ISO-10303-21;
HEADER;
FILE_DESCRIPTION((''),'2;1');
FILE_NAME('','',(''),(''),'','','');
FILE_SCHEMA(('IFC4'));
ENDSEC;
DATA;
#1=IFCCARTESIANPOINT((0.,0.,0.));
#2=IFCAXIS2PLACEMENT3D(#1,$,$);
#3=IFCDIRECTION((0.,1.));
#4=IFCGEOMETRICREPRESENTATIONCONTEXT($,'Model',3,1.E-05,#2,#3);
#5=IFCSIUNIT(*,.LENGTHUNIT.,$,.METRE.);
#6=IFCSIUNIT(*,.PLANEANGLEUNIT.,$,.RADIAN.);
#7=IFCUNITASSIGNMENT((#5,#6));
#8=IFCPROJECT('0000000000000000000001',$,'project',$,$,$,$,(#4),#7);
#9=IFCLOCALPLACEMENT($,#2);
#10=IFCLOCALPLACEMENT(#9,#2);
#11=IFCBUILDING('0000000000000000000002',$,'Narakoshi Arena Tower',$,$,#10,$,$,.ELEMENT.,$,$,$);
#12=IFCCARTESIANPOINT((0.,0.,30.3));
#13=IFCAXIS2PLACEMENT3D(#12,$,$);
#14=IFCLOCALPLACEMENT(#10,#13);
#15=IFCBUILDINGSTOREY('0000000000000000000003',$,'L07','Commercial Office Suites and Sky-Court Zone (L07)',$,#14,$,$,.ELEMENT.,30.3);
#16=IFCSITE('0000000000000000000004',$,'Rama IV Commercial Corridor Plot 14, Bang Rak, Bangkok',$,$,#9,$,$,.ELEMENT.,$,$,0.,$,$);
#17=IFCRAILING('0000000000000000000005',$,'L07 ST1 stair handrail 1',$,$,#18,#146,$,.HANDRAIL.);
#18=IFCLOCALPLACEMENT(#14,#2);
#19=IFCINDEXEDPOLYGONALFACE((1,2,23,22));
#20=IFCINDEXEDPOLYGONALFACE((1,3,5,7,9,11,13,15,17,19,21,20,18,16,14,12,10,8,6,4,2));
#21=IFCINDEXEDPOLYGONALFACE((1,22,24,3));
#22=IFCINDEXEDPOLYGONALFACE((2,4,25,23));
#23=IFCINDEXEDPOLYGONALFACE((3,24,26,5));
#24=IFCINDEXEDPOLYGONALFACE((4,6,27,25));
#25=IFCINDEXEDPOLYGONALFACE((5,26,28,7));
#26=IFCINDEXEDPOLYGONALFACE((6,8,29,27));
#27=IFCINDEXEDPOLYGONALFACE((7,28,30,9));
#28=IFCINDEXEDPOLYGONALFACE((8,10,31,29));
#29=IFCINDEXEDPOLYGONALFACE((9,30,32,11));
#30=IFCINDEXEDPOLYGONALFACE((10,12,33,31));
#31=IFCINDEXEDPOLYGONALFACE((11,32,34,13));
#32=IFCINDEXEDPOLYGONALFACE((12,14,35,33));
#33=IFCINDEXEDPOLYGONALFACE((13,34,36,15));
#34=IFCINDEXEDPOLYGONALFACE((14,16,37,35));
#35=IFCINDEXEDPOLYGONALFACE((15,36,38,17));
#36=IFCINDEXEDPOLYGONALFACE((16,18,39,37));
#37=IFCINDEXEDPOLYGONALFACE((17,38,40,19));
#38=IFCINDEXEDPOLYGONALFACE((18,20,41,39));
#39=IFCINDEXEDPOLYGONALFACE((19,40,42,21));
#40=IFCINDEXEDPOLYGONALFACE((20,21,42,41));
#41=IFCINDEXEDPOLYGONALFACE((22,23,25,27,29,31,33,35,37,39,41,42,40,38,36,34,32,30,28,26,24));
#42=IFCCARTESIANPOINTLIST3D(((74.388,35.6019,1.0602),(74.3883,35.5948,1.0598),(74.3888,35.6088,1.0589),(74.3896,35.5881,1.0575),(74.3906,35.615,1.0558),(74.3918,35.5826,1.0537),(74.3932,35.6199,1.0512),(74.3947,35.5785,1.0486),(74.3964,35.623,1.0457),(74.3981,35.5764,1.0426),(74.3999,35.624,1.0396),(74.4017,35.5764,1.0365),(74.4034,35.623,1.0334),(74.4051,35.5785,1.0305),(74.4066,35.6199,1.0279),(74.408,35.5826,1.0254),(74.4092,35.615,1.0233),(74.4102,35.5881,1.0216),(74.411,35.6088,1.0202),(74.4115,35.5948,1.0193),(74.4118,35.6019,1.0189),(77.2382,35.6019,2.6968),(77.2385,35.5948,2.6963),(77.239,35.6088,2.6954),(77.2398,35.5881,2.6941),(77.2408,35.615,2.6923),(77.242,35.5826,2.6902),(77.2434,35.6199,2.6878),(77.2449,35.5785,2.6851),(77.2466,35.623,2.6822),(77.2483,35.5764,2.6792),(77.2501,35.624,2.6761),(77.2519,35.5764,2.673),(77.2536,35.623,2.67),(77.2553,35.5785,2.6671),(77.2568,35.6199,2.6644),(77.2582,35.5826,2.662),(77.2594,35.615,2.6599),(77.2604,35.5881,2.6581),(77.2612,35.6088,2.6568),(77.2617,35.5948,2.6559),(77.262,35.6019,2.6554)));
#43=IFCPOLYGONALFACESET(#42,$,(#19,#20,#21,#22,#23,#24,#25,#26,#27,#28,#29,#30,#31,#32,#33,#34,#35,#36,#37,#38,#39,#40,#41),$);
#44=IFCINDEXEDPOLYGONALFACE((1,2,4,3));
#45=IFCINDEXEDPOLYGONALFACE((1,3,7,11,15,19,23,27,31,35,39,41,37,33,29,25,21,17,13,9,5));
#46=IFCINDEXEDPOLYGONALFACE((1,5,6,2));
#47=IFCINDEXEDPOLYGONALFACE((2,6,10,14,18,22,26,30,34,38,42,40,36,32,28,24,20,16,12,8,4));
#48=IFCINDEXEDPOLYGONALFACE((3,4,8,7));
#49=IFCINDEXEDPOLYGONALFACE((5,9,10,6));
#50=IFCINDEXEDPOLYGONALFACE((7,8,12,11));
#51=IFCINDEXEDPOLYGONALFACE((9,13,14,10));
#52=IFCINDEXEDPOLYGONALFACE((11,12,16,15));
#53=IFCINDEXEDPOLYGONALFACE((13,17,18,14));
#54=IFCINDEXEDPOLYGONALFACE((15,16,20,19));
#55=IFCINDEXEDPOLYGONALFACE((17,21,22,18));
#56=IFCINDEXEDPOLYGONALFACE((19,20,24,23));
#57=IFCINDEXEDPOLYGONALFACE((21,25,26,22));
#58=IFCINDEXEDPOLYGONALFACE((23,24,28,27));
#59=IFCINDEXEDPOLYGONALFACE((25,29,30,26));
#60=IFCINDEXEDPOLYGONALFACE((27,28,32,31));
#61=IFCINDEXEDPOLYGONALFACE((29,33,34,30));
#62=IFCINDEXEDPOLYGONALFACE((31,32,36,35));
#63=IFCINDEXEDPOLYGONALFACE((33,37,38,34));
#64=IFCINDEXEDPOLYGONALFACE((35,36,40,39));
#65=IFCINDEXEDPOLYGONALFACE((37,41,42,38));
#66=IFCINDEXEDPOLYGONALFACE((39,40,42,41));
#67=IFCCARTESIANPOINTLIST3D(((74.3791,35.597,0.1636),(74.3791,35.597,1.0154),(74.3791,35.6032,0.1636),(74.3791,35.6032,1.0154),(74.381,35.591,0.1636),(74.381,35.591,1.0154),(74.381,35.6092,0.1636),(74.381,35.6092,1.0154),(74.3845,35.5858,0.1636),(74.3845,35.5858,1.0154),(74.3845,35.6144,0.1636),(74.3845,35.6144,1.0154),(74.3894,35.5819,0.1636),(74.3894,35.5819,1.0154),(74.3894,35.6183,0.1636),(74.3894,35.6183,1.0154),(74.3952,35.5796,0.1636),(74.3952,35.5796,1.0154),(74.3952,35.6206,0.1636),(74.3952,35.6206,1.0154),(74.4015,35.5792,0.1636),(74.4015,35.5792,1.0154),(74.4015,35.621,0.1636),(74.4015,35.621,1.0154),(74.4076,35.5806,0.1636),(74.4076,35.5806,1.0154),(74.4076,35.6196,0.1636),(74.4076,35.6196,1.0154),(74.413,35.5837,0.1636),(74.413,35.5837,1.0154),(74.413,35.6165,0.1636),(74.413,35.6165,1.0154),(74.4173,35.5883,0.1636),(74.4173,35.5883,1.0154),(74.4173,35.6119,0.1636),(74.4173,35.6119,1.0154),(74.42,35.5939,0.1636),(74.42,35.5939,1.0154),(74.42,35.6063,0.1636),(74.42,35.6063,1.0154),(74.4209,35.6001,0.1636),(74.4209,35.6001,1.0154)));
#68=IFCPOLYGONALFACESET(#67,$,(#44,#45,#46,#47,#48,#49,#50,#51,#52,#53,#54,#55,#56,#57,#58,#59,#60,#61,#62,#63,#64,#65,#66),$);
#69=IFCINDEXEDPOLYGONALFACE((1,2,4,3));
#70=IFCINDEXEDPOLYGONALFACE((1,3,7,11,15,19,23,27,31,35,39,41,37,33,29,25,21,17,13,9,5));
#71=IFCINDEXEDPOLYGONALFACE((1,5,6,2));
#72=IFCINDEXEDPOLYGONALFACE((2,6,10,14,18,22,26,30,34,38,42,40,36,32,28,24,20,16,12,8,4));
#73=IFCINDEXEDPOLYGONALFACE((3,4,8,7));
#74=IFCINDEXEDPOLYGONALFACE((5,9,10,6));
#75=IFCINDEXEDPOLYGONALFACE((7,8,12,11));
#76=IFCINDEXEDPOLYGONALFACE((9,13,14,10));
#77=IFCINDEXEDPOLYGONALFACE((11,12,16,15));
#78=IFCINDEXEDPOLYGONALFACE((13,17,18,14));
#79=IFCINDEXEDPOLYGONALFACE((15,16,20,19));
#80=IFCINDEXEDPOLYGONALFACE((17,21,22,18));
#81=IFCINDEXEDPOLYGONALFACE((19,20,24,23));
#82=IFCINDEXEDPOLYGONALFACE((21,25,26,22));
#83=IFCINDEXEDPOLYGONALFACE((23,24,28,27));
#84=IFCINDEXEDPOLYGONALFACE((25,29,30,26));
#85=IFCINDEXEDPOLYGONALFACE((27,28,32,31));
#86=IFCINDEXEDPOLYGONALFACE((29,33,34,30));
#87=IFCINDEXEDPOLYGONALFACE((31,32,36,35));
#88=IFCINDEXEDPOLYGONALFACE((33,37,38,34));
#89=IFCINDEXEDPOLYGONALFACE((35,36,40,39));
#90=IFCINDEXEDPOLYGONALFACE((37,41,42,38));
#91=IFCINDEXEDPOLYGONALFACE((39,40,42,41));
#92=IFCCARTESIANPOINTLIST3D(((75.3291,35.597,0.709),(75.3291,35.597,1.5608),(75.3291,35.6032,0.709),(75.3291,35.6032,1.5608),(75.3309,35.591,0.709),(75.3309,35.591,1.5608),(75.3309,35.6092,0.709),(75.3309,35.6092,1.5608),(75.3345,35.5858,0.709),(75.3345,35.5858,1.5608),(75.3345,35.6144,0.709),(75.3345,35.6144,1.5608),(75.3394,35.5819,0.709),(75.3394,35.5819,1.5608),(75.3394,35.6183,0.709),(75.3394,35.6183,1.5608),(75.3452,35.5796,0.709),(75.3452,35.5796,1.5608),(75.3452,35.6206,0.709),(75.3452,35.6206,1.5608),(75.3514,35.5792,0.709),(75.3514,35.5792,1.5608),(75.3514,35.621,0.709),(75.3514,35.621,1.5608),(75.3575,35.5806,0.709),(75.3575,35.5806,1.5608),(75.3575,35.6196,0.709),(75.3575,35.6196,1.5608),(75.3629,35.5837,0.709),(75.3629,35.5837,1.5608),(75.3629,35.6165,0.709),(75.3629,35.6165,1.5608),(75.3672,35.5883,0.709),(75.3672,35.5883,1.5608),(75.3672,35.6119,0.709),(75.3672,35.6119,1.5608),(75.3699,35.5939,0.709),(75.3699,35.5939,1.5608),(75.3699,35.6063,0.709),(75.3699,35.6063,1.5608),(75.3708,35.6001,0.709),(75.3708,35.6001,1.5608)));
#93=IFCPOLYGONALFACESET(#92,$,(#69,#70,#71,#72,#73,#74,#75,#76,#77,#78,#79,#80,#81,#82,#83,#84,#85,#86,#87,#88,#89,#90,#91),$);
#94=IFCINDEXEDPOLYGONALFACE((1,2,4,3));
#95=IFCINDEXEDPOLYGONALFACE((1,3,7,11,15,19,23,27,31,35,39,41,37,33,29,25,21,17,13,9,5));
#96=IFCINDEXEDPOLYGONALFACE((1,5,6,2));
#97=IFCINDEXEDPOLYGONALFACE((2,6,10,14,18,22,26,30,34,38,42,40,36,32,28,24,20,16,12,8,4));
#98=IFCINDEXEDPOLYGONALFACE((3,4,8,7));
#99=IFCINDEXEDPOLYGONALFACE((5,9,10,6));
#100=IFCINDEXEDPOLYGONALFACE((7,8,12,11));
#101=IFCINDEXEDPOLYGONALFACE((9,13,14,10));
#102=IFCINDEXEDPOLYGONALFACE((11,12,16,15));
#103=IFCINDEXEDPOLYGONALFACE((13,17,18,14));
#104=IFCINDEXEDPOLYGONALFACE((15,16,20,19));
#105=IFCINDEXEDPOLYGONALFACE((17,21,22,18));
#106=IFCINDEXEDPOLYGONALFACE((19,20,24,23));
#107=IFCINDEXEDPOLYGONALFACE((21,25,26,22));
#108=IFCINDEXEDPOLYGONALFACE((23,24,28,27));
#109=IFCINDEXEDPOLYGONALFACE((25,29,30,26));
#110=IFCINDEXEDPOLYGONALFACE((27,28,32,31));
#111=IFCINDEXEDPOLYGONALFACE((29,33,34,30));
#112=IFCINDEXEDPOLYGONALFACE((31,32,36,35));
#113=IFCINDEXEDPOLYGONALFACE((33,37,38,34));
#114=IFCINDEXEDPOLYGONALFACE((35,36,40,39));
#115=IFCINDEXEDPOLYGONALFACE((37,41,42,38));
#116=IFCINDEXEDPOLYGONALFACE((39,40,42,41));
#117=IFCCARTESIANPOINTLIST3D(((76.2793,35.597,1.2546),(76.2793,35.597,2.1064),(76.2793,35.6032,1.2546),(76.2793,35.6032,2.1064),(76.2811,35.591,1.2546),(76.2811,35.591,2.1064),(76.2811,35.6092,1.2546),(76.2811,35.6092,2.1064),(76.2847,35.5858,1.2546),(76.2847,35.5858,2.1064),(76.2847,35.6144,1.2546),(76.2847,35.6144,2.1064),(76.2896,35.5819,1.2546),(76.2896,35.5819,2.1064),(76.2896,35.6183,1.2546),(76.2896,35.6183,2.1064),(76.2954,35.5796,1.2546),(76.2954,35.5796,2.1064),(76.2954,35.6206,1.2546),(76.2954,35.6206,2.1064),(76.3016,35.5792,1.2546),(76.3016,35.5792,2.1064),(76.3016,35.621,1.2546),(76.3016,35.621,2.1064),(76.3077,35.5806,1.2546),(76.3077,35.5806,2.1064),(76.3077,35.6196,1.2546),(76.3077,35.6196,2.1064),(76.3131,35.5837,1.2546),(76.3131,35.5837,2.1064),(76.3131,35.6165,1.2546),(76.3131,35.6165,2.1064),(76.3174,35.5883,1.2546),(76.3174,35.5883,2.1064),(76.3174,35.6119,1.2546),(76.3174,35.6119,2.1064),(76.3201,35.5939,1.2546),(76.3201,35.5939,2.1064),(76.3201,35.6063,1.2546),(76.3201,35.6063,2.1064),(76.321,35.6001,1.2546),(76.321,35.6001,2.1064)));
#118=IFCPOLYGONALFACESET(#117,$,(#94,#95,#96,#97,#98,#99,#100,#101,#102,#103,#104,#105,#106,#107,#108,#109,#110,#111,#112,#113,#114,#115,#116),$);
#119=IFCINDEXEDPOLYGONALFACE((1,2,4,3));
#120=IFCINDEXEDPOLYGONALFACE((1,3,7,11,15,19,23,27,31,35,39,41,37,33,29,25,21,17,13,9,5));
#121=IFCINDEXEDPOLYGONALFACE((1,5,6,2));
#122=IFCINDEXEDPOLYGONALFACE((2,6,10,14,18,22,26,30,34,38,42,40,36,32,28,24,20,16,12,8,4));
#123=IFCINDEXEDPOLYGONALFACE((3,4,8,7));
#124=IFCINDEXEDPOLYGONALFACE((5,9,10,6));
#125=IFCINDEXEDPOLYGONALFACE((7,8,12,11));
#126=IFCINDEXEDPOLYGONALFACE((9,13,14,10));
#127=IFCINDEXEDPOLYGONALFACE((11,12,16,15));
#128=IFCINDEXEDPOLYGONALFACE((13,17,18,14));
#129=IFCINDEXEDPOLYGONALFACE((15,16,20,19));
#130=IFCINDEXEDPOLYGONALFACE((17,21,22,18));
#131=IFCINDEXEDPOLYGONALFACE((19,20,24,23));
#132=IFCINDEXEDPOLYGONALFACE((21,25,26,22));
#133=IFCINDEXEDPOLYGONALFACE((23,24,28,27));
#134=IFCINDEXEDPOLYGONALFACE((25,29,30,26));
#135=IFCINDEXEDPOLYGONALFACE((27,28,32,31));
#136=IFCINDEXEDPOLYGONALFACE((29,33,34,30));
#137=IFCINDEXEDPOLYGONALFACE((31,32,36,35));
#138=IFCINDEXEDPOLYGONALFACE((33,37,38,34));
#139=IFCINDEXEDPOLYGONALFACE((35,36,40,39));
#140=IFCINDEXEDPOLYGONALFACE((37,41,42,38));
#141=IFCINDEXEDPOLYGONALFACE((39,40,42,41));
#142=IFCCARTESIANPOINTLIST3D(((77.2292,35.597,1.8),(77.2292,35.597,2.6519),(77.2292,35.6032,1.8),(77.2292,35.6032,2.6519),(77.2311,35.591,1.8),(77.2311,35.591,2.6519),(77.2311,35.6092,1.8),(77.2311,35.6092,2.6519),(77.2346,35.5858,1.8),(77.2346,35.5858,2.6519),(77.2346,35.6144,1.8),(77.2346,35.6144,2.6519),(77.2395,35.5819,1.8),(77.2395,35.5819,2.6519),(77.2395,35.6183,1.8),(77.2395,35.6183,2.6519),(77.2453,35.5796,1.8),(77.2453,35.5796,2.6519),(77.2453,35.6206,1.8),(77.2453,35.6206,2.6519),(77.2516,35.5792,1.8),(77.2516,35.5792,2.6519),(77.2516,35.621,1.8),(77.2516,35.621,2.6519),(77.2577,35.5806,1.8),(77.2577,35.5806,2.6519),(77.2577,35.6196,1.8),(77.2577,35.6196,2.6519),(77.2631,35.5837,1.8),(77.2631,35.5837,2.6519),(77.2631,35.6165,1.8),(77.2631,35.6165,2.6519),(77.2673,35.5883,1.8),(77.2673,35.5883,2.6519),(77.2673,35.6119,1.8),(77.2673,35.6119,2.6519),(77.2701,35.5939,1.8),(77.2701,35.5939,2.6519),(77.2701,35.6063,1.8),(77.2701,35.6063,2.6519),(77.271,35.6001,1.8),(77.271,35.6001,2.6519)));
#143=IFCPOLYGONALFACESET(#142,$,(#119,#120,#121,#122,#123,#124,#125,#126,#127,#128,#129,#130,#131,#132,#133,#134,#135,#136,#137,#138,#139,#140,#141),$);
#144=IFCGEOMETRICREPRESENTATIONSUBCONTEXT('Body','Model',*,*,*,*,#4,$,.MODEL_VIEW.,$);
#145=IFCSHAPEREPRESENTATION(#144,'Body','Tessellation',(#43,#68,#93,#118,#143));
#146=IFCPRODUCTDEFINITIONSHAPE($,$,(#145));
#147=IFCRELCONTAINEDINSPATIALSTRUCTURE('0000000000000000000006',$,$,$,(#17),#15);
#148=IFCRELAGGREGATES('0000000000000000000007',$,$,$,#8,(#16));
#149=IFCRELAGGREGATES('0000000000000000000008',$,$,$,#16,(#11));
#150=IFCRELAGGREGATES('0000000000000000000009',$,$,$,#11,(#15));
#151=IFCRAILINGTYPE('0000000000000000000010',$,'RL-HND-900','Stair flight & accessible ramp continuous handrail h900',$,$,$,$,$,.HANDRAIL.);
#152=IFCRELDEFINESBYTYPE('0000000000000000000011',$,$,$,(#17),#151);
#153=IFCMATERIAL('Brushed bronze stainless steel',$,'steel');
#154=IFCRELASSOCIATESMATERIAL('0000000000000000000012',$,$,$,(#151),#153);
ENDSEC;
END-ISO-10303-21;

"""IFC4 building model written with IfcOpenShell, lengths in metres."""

from ifc_helpers import new_model, si_unit, direction, frame, origin, origin_2d, place, context, subcontext, project, spatial, circle, extrude, material, type_object, element, save


model = new_model("IFC4")

# Units and contexts
model_context = context("Model", 3, precision=1e-05, world=origin(), true_north=direction((0.0, 1.0)))
body_context = subcontext(model_context, "Body", "Model", "MODEL_VIEW")
ifc_project = project(units=[si_unit("LENGTHUNIT", "METRE"), si_unit("PLANEANGLEUNIT", "RADIAN")], contexts=[model_context])

# Site, building, storey
site_placement = place(None, origin())
site = spatial("IfcSite", under=ifc_project, at=site_placement, Name="Rama IV Commercial Corridor Plot 14, Bang Rak, Bangkok", CompositionType="ELEMENT", RefElevation=0.0)
building_placement = place(site_placement, origin())
building = spatial("IfcBuilding", under=site, at=building_placement, Name="Narakoshi Arena Tower", CompositionType="ELEMENT")
storey_placement = place(building_placement, frame((0.0, 0.0, 30.3)))
storey = spatial("IfcBuildingStorey", under=building, at=storey_placement, Name="L07", Description="Commercial Office Suites and Sky-Court Zone (L07)", CompositionType="ELEMENT", Elevation=30.3)

# Railing
ifc_material_1 = material(Name="Brushed bronze stainless steel", Category="steel")
railing_type_1 = type_object("IfcRailingType", Name="RL-HND-900", Description="Stair flight & accessible ramp continuous handrail h900", PredefinedType="HANDRAIL", material=ifc_material_1)
for number, where, name in (
    (1, (74.3999, 35.6001, 0.1636), "L07 ST1 stair handrail 1"),
):
    element("IfcRailing", number, at=place(storey_placement, frame(where)), inside=storey, type_object=railing_type_1, Name=name, PredefinedType="HANDRAIL", context=body_context, shape_type="SweptSolid", body=[
        extrude(circle(Radius=0.0239, at=origin_2d()), frame((0.0, 0.0, 0.876), z_axis=(0.867213, 0.0, 0.497938), x_axis=(0.0, 1.0, 0.0)), (0.0, 0.0, 1.0), 3.2866),
        extrude(circle(Radius=0.021, at=origin_2d()), origin(), (0.0, 0.0, 1.0), 0.8518),
        extrude(circle(Radius=0.021, at=origin_2d()), frame((0.95, 0.0, 0.5454)), (0.0, 0.0, 1.0), 0.8518),
        extrude(circle(Radius=0.021, at=origin_2d()), frame((1.9001, 0.0, 1.0911)), (0.0, 0.0, 1.0), 0.8518),
        extrude(circle(Radius=0.021, at=origin_2d()), frame((2.8501, 0.0, 1.6365)), (0.0, 0.0, 1.0), 0.8518),
    ])

save(model, "model.ifc")
